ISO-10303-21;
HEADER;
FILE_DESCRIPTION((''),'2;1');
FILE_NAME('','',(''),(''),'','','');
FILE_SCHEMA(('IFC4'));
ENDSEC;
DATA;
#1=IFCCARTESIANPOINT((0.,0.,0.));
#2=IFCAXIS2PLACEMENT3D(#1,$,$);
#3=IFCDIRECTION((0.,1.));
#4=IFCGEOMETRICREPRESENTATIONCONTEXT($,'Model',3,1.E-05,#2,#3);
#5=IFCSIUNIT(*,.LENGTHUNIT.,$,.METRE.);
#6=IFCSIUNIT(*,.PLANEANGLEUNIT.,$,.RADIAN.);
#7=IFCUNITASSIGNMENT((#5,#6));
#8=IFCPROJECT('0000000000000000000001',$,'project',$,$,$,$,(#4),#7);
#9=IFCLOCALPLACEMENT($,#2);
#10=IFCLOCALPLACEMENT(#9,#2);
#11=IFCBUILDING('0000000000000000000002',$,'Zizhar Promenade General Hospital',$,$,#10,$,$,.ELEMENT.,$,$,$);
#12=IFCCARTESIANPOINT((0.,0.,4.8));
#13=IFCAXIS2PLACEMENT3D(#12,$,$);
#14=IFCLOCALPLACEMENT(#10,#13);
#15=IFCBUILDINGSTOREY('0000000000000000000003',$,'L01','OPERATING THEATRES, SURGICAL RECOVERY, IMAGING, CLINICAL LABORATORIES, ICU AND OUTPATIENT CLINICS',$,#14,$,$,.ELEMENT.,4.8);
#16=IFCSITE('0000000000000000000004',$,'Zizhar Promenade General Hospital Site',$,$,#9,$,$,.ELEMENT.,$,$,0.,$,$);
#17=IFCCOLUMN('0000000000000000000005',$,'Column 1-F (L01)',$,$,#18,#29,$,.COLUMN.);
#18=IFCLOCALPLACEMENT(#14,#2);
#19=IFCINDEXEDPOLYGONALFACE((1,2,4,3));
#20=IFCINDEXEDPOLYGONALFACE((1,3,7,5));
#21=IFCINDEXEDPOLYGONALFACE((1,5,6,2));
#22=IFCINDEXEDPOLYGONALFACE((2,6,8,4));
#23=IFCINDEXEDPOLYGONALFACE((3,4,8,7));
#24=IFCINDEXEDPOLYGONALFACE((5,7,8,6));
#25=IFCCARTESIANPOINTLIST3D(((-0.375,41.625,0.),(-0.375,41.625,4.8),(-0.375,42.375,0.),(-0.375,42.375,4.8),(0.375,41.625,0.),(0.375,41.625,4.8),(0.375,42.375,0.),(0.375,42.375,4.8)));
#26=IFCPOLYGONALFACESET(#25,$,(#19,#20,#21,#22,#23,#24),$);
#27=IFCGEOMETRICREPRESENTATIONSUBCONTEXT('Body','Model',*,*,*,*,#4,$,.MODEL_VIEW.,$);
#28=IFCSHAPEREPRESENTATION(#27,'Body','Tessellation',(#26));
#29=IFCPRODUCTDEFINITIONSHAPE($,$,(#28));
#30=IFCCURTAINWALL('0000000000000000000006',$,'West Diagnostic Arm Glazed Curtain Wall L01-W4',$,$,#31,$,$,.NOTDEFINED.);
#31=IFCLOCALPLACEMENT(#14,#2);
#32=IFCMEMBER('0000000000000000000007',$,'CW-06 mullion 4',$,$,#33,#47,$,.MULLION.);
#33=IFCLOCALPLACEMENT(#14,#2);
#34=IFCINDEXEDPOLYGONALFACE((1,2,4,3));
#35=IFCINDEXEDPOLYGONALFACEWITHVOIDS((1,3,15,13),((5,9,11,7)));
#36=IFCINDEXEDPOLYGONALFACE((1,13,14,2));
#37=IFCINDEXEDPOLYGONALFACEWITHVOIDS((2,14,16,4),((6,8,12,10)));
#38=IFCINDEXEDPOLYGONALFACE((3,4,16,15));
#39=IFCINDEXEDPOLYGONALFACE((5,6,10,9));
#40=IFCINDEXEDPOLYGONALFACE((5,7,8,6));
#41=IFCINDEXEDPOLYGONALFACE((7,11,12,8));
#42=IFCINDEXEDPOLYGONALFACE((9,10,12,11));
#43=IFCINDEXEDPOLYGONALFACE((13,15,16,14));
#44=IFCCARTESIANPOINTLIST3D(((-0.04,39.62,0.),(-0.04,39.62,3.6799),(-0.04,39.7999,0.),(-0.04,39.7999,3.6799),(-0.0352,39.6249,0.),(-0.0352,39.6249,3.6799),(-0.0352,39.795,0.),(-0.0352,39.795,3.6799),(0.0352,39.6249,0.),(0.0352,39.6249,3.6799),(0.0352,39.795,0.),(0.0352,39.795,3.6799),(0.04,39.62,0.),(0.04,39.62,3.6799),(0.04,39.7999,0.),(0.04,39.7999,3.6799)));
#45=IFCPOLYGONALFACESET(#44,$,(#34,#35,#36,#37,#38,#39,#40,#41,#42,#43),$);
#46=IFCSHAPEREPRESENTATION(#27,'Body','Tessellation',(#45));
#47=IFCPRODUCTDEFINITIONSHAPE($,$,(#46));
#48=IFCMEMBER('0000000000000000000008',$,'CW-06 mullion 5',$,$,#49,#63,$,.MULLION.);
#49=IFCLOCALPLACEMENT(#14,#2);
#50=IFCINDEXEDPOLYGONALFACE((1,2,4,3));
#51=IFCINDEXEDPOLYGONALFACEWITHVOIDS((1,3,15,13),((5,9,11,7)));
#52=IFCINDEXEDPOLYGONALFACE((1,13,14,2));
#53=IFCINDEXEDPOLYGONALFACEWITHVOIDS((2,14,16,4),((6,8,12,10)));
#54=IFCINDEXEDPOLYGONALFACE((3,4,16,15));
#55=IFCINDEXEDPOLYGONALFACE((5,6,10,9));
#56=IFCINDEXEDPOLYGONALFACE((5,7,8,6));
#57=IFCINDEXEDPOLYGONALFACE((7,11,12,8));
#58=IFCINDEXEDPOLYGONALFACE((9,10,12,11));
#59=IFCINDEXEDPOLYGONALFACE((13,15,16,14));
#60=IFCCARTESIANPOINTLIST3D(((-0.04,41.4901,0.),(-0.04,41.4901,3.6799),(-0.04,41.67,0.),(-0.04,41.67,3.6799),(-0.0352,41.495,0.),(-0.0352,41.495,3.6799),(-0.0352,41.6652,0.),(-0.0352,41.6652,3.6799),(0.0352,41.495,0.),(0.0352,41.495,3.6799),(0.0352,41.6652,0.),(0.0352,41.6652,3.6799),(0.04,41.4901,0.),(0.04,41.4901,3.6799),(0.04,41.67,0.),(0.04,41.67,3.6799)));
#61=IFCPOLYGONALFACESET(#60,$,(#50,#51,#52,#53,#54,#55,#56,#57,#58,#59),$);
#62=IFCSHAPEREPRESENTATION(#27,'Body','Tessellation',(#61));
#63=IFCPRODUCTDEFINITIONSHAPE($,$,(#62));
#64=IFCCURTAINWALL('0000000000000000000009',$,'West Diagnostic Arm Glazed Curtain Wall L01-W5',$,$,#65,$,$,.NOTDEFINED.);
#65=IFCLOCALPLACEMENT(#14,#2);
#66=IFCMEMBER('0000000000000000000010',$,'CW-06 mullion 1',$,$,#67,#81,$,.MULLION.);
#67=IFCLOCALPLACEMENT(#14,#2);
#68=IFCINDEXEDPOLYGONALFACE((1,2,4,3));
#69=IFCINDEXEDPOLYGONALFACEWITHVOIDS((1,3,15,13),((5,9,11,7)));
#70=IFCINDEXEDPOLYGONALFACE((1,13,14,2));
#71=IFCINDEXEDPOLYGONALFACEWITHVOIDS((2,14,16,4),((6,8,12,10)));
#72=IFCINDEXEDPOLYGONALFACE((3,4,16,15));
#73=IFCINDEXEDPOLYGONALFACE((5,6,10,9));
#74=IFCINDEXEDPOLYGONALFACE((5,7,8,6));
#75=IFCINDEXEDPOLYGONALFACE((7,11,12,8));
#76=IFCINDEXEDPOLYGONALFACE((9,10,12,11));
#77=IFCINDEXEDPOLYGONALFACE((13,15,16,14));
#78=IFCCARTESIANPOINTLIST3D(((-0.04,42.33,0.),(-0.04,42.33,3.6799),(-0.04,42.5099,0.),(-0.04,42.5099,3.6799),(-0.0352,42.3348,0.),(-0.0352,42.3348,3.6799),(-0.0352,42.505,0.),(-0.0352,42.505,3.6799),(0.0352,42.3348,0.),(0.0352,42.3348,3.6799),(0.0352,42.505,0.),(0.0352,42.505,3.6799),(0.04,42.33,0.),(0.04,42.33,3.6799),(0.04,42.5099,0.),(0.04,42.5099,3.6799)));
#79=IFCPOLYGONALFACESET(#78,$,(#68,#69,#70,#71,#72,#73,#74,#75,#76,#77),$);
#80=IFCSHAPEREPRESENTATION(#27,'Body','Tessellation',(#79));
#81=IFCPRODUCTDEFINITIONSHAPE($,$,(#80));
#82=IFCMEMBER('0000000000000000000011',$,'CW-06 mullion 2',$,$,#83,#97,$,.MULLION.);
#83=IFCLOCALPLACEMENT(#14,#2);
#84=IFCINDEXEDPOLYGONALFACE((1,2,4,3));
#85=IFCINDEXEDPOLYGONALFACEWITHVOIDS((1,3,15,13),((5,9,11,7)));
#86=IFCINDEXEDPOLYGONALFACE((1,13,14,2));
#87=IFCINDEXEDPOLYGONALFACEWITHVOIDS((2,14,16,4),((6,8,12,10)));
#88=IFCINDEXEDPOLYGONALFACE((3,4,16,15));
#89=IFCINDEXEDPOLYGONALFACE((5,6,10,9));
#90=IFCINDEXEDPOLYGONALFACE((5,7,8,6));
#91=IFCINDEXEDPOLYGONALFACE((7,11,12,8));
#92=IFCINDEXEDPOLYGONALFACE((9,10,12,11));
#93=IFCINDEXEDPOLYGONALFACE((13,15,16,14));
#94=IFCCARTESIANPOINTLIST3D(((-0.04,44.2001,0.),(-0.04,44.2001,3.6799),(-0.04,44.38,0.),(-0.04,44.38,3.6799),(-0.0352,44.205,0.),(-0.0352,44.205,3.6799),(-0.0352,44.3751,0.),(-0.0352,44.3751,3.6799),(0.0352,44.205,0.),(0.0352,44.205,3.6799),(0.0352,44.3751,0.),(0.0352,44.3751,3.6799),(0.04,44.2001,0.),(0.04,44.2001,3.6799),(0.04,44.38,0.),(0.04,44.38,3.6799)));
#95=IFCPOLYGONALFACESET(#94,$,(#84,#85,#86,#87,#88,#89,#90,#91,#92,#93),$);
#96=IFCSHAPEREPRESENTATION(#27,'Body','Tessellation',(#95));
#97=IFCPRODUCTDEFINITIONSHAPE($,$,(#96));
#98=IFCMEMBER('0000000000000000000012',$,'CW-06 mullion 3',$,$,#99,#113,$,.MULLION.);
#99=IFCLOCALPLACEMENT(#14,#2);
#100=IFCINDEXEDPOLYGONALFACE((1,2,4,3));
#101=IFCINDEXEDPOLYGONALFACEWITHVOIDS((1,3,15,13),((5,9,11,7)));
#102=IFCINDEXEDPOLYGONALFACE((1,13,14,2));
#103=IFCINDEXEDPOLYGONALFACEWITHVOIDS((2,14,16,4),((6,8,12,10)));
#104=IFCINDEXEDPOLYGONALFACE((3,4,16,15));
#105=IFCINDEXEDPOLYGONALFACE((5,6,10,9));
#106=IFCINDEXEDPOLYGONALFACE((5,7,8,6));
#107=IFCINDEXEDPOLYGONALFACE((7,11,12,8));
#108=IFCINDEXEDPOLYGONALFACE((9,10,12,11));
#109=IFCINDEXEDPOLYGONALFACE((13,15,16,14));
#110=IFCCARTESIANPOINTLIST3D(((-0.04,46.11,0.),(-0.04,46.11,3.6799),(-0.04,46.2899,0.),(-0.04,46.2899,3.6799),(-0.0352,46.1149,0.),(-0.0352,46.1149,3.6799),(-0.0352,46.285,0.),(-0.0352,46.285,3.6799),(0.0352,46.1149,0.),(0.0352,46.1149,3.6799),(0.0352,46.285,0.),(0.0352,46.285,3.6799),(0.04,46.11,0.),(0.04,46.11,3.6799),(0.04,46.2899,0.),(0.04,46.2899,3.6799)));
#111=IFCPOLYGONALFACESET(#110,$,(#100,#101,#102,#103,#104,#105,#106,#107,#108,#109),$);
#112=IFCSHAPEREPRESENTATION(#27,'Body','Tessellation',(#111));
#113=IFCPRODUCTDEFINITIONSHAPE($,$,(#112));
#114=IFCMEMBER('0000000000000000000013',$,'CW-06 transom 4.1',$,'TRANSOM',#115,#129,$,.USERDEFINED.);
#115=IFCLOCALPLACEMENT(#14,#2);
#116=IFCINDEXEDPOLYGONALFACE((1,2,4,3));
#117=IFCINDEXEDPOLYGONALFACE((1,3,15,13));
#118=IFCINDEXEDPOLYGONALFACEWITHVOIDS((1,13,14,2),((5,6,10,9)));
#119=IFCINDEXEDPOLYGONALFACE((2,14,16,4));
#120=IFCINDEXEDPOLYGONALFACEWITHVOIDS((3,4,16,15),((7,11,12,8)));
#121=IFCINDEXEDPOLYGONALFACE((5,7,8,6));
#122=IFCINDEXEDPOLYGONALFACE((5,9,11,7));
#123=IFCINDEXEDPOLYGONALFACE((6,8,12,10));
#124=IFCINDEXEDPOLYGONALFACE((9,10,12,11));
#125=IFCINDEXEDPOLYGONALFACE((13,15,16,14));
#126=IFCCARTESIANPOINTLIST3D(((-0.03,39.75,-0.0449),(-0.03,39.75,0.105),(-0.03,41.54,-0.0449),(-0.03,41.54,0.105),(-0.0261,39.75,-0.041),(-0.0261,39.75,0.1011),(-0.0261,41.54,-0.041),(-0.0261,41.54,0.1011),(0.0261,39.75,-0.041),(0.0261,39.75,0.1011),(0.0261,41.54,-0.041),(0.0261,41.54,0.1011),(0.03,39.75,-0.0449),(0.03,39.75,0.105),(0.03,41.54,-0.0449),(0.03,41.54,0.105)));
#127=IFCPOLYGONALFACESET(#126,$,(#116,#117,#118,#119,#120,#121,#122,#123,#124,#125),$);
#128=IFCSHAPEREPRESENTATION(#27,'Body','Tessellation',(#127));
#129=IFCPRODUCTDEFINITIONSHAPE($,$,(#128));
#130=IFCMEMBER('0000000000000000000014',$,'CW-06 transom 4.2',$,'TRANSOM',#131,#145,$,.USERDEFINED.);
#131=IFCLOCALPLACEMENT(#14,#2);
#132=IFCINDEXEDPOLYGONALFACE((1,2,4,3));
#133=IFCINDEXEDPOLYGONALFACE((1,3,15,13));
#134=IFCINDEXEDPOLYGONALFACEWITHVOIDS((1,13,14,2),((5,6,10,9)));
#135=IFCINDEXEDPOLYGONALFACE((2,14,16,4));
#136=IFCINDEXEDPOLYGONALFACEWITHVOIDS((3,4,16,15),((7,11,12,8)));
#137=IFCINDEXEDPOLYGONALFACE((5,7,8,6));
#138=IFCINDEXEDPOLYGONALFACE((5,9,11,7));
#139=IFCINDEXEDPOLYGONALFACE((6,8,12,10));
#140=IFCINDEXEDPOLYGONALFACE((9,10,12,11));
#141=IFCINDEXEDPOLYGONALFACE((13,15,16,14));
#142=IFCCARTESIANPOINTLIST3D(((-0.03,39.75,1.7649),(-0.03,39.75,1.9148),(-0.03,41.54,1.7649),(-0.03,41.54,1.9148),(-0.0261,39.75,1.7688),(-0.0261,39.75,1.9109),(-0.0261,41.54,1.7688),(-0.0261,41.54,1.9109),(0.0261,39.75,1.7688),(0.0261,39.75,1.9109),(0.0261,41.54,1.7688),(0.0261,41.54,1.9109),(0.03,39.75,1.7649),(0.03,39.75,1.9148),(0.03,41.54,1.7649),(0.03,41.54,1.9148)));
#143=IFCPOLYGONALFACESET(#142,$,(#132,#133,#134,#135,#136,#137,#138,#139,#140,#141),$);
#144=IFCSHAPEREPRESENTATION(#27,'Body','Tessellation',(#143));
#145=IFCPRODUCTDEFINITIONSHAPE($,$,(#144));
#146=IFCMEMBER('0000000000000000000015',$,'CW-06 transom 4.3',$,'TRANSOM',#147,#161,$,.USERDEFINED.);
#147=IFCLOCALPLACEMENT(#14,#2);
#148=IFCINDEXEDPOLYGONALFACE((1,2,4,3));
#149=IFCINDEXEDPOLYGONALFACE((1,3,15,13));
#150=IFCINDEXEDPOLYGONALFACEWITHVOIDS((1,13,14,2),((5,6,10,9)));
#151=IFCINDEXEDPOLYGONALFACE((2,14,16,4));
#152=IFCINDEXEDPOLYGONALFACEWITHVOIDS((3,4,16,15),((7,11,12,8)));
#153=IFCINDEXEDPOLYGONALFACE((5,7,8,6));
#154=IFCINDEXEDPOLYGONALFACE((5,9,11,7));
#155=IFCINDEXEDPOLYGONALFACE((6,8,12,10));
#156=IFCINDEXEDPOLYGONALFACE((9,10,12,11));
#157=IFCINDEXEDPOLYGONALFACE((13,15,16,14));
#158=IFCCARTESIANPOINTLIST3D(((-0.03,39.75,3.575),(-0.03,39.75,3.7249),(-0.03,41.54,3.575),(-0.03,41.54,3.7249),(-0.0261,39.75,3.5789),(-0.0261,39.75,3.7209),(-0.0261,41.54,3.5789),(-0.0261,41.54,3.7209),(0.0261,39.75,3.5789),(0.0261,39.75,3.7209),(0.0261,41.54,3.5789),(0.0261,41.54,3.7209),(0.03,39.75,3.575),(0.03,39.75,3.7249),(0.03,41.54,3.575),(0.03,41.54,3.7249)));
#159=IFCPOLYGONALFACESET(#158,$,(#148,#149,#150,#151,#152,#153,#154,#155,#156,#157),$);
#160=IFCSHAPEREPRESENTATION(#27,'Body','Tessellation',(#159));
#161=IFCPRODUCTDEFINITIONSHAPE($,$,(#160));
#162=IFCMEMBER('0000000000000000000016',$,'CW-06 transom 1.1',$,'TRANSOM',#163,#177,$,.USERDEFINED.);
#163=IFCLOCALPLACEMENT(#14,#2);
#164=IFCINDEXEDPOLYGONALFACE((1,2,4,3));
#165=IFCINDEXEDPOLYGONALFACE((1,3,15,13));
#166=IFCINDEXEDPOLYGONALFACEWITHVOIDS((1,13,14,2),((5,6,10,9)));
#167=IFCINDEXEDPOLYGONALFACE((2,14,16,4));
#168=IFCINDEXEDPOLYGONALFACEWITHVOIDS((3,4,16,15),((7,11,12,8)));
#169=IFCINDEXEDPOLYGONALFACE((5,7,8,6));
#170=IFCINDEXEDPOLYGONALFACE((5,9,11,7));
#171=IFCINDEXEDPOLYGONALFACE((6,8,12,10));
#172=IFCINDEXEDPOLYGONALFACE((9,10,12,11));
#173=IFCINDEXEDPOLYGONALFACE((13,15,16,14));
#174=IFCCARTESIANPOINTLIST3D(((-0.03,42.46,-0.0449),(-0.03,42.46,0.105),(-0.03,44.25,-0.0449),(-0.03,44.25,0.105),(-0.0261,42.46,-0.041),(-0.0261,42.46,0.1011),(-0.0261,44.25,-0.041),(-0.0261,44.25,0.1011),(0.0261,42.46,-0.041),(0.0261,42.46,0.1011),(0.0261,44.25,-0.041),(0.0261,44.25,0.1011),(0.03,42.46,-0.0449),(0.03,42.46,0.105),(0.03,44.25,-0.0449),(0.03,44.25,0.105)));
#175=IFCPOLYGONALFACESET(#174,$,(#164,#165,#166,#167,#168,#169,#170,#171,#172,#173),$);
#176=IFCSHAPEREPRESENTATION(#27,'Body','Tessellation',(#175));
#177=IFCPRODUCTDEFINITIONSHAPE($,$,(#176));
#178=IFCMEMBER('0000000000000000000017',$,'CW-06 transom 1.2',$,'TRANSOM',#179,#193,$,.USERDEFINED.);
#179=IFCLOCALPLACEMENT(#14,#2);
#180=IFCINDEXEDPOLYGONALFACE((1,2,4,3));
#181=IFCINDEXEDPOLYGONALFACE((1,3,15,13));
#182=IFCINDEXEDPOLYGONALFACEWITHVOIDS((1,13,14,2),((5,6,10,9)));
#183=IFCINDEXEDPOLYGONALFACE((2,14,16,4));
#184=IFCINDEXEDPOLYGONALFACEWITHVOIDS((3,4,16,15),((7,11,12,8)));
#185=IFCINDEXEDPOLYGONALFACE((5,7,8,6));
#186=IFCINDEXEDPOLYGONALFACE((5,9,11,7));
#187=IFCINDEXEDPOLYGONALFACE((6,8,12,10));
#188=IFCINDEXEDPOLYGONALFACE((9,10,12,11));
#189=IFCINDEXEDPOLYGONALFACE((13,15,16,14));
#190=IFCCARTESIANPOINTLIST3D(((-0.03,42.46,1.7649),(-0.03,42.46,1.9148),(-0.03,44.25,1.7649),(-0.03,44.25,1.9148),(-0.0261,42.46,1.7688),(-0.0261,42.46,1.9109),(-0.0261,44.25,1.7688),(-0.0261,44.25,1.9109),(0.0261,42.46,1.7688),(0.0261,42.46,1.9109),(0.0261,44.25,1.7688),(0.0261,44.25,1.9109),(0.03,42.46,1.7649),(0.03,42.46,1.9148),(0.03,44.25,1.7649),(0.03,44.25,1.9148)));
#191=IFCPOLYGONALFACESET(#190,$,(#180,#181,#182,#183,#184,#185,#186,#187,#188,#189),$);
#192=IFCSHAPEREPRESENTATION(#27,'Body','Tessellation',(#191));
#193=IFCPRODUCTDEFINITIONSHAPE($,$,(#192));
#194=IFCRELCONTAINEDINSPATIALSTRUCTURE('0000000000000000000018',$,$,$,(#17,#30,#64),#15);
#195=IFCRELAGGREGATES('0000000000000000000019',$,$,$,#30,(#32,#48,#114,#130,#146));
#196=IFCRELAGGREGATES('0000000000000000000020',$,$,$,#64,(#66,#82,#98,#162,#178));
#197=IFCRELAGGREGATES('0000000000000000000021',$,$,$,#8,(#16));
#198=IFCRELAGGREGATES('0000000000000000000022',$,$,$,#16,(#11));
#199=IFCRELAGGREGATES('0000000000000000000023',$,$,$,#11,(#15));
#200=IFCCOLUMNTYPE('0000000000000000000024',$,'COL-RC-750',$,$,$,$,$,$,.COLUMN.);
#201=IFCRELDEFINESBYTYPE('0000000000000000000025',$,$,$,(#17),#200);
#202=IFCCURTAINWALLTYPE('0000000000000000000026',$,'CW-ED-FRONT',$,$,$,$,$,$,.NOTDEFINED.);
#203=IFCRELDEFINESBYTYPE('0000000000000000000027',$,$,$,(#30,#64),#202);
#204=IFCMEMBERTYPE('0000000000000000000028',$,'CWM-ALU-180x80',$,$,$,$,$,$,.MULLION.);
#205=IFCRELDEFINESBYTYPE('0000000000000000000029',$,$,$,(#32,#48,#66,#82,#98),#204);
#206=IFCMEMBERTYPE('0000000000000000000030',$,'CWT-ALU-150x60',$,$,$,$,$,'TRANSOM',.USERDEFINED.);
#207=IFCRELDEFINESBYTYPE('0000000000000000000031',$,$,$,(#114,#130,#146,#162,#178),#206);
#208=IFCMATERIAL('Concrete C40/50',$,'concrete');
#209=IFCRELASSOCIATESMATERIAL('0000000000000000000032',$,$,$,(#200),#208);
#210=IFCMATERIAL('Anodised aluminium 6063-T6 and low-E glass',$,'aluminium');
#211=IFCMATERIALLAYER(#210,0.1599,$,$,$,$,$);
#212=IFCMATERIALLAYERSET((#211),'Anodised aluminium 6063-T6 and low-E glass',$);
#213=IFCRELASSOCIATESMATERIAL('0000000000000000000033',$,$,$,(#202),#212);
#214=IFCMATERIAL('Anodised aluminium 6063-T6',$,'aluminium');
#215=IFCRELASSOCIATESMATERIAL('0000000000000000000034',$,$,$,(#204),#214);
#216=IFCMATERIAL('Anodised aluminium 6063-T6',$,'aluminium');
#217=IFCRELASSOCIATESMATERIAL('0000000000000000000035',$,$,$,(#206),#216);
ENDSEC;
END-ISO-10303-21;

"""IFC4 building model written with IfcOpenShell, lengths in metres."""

from ifc_helpers import new_model, si_unit, direction, frame, origin, origin_2d, place, context, subcontext, project, spatial, rectangle, hollow_rectangle, extrude, material, layer, layer_set, material_profile, profile_set, type_object, element, aggregate, save


model = new_model("IFC4")

# Units and contexts
model_context = context("Model", 3, precision=1e-05, world=origin(), true_north=direction((0.0, 1.0)))
body_context = subcontext(model_context, "Body", "Model", "MODEL_VIEW")
ifc_project = project(units=[si_unit("LENGTHUNIT", "METRE"), si_unit("PLANEANGLEUNIT", "RADIAN")], contexts=[model_context])

# Site, building, storey
site_placement = place(None, origin())
site = spatial("IfcSite", under=ifc_project, at=site_placement, Name="Zizhar Promenade General Hospital Site", CompositionType="ELEMENT", RefElevation=0.0)
building_placement = place(site_placement, origin())
building = spatial("IfcBuilding", under=site, at=building_placement, Name="Zizhar Promenade General Hospital", CompositionType="ELEMENT")
storey_placement = place(building_placement, frame((0.0, 0.0, 4.8)))
storey = spatial("IfcBuildingStorey", under=building, at=storey_placement, Name="L01", Description="OPERATING THEATRES, SURGICAL RECOVERY, IMAGING, CLINICAL LABORATORIES, ICU AND OUTPATIENT CLINICS", CompositionType="ELEMENT", Elevation=4.8)

# Column
ifc_material_1 = material(Name="Concrete C40/50", Category="concrete")
ifc_material_profile_1 = material_profile(ifc_material_1, rectangle(XDim=0.75, YDim=0.75, at=origin_2d()))
ifc_profile_set_1 = profile_set([ifc_material_profile_1], Name="Concrete C40/50")
column_type = type_object("IfcColumnType", Name="COL-RC-750", PredefinedType="COLUMN", material=ifc_profile_set_1)
column_placement = place(storey_placement, frame((0.0, 42.0, 0.0), z_axis=(0.0, 0.0, 1.0), x_axis=(1.0, 0.0, 0.0)))
element("IfcColumn", 1, at=column_placement, inside=storey, type_object=column_type, Name="Column 1-F (L01)", PredefinedType="COLUMN", context=body_context, shape_type="SweptSolid", body=[
    extrude(rectangle(XDim=0.75, YDim=0.75, at=origin_2d()), origin(), (0.0, 0.0, 1.0), 4.8),
])

# Curtain walls, members
ifc_material_2 = material(Name="Anodised aluminium 6063-T6 and low-E glass", Category="aluminium")
ifc_layer_1 = layer(ifc_material_2, 0.1599)
ifc_layer_set_1 = layer_set([ifc_layer_1], Name="Anodised aluminium 6063-T6 and low-E glass")
curtain_wall_type = type_object("IfcCurtainWallType", Name="CW-ED-FRONT", PredefinedType="NOTDEFINED", material=ifc_layer_set_1)
curtain_wall_1_placement = place(storey_placement, origin())
curtain_wall_1 = element("IfcCurtainWall", 2, at=curtain_wall_1_placement, inside=storey, type_object=curtain_wall_type, Name="West Diagnostic Arm Glazed Curtain Wall L01-W4", PredefinedType="NOTDEFINED")
ifc_material_3 = material(Name="Anodised aluminium 6063-T6", Category="aluminium")
ifc_material_profile_2 = material_profile(ifc_material_3, hollow_rectangle(XDim=0.0801, YDim=0.1799, WallThickness=0.0049, at=origin_2d()))
ifc_profile_set_2 = profile_set([ifc_material_profile_2], Name="Anodised aluminium 6063-T6")
member_type_1 = type_object("IfcMemberType", Name="CWM-ALU-180x80", PredefinedType="MULLION", material=ifc_profile_set_2)
member_1_placement = place(storey_placement, frame((0.0, 39.71, 0.0), z_axis=(0.0, 0.0, 1.0), x_axis=(-1.0, 0.0, 0.0)))
member_1 = element("IfcMember", 3, at=member_1_placement, type_object=member_type_1, Name="CW-06 mullion 4", PredefinedType="MULLION", context=body_context, shape_type="SweptSolid", body=[
    extrude(hollow_rectangle(XDim=0.0801, YDim=0.1799, WallThickness=0.0049, at=origin_2d()), origin(), (0.0, 0.0, 1.0), 3.6799),
])
member_2_placement = place(storey_placement, frame((0.0, 41.5801, 0.0), z_axis=(0.0, 0.0, 1.0), x_axis=(-1.0, 0.0, 0.0)))
member_2 = element("IfcMember", 4, at=member_2_placement, type_object=member_type_1, Name="CW-06 mullion 5", PredefinedType="MULLION", context=body_context, shape_type="SweptSolid", body=[
    extrude(hollow_rectangle(XDim=0.0801, YDim=0.1799, WallThickness=0.0049, at=origin_2d()), origin(), (0.0, 0.0, 1.0), 3.6799),
])
curtain_wall_2_placement = place(storey_placement, origin())
curtain_wall_2 = element("IfcCurtainWall", 5, at=curtain_wall_2_placement, inside=storey, type_object=curtain_wall_type, Name="West Diagnostic Arm Glazed Curtain Wall L01-W5", PredefinedType="NOTDEFINED")
member_3_placement = place(storey_placement, frame((0.0, 42.4199, 0.0), z_axis=(0.0, 0.0, 1.0), x_axis=(-1.0, 0.0, 0.0)))
member_3 = element("IfcMember", 6, at=member_3_placement, type_object=member_type_1, Name="CW-06 mullion 1", PredefinedType="MULLION", context=body_context, shape_type="SweptSolid", body=[
    extrude(hollow_rectangle(XDim=0.0801, YDim=0.1799, WallThickness=0.0049, at=origin_2d()), origin(), (0.0, 0.0, 1.0), 3.6799),
])
member_4_placement = place(storey_placement, frame((0.0, 44.29, 0.0), z_axis=(0.0, 0.0, 1.0), x_axis=(-1.0, 0.0, 0.0)))
member_4 = element("IfcMember", 7, at=member_4_placement, type_object=member_type_1, Name="CW-06 mullion 2", PredefinedType="MULLION", context=body_context, shape_type="SweptSolid", body=[
    extrude(hollow_rectangle(XDim=0.0801, YDim=0.1799, WallThickness=0.0049, at=origin_2d()), origin(), (0.0, 0.0, 1.0), 3.6799),
])
member_5_placement = place(storey_placement, frame((0.0, 46.2, 0.0), z_axis=(0.0, 0.0, 1.0), x_axis=(-1.0, 0.0, 0.0)))
member_5 = element("IfcMember", 8, at=member_5_placement, type_object=member_type_1, Name="CW-06 mullion 3", PredefinedType="MULLION", context=body_context, shape_type="SweptSolid", body=[
    extrude(hollow_rectangle(XDim=0.0801, YDim=0.1799, WallThickness=0.0049, at=origin_2d()), origin(), (0.0, 0.0, 1.0), 3.6799),
])

# Members
ifc_material_4 = material(Name="Anodised aluminium 6063-T6", Category="aluminium")
ifc_material_profile_3 = material_profile(ifc_material_4, hollow_rectangle(XDim=0.0601, YDim=0.1499, WallThickness=0.0039, at=origin_2d()))
ifc_profile_set_3 = profile_set([ifc_material_profile_3], Name="Anodised aluminium 6063-T6")
member_type_2 = type_object("IfcMemberType", Name="CWT-ALU-150x60", ElementType="TRANSOM", PredefinedType="USERDEFINED", material=ifc_profile_set_3)
member_6_placement = place(storey_placement, frame((0.0, 39.75, 0.03), z_axis=(0.0, 1.0, 0.0), x_axis=(-1.0, 0.0, 0.0)))
member_6 = element("IfcMember", 9, at=member_6_placement, type_object=member_type_2, Name="CW-06 transom 4.1", ObjectType="TRANSOM", PredefinedType="USERDEFINED", context=body_context, shape_type="SweptSolid", body=[
    extrude(hollow_rectangle(XDim=0.0601, YDim=0.1499, WallThickness=0.0039, at=origin_2d()), origin(), (0.0, 0.0, 1.0), 1.79),
])
member_7_placement = place(storey_placement, frame((0.0, 39.75, 1.8398), z_axis=(0.0, 1.0, 0.0), x_axis=(-1.0, 0.0, 0.0)))
member_7 = element("IfcMember", 10, at=member_7_placement, type_object=member_type_2, Name="CW-06 transom 4.2", ObjectType="TRANSOM", PredefinedType="USERDEFINED", context=body_context, shape_type="SweptSolid", body=[
    extrude(hollow_rectangle(XDim=0.0601, YDim=0.1499, WallThickness=0.0039, at=origin_2d()), origin(), (0.0, 0.0, 1.0), 1.79),
])
member_8_placement = place(storey_placement, frame((0.0, 39.75, 3.6499), z_axis=(0.0, 1.0, 0.0), x_axis=(-1.0, 0.0, 0.0)))
member_8 = element("IfcMember", 11, at=member_8_placement, type_object=member_type_2, Name="CW-06 transom 4.3", ObjectType="TRANSOM", PredefinedType="USERDEFINED", context=body_context, shape_type="SweptSolid", body=[
    extrude(hollow_rectangle(XDim=0.0601, YDim=0.1499, WallThickness=0.0039, at=origin_2d()), origin(), (0.0, 0.0, 1.0), 1.79),
])
member_9_placement = place(storey_placement, frame((0.0, 42.46, 0.03), z_axis=(0.0, 1.0, 0.0), x_axis=(-1.0, 0.0, 0.0)))
member_9 = element("IfcMember", 12, at=member_9_placement, type_object=member_type_2, Name="CW-06 transom 1.1", ObjectType="TRANSOM", PredefinedType="USERDEFINED", context=body_context, shape_type="SweptSolid", body=[
    extrude(hollow_rectangle(XDim=0.0601, YDim=0.1499, WallThickness=0.0039, at=origin_2d()), origin(), (0.0, 0.0, 1.0), 1.79),
])
member_10_placement = place(storey_placement, frame((0.0, 42.46, 1.8398), z_axis=(0.0, 1.0, 0.0), x_axis=(-1.0, 0.0, 0.0)))
member_10 = element("IfcMember", 13, at=member_10_placement, type_object=member_type_2, Name="CW-06 transom 1.2", ObjectType="TRANSOM", PredefinedType="USERDEFINED", context=body_context, shape_type="SweptSolid", body=[
    extrude(hollow_rectangle(XDim=0.0601, YDim=0.1499, WallThickness=0.0039, at=origin_2d()), origin(), (0.0, 0.0, 1.0), 1.79),
])

aggregate(curtain_wall_1, [member_1, member_2, member_6, member_7, member_8])
aggregate(curtain_wall_2, [member_3, member_4, member_5, member_9, member_10])

save(model, "model.ifc")
